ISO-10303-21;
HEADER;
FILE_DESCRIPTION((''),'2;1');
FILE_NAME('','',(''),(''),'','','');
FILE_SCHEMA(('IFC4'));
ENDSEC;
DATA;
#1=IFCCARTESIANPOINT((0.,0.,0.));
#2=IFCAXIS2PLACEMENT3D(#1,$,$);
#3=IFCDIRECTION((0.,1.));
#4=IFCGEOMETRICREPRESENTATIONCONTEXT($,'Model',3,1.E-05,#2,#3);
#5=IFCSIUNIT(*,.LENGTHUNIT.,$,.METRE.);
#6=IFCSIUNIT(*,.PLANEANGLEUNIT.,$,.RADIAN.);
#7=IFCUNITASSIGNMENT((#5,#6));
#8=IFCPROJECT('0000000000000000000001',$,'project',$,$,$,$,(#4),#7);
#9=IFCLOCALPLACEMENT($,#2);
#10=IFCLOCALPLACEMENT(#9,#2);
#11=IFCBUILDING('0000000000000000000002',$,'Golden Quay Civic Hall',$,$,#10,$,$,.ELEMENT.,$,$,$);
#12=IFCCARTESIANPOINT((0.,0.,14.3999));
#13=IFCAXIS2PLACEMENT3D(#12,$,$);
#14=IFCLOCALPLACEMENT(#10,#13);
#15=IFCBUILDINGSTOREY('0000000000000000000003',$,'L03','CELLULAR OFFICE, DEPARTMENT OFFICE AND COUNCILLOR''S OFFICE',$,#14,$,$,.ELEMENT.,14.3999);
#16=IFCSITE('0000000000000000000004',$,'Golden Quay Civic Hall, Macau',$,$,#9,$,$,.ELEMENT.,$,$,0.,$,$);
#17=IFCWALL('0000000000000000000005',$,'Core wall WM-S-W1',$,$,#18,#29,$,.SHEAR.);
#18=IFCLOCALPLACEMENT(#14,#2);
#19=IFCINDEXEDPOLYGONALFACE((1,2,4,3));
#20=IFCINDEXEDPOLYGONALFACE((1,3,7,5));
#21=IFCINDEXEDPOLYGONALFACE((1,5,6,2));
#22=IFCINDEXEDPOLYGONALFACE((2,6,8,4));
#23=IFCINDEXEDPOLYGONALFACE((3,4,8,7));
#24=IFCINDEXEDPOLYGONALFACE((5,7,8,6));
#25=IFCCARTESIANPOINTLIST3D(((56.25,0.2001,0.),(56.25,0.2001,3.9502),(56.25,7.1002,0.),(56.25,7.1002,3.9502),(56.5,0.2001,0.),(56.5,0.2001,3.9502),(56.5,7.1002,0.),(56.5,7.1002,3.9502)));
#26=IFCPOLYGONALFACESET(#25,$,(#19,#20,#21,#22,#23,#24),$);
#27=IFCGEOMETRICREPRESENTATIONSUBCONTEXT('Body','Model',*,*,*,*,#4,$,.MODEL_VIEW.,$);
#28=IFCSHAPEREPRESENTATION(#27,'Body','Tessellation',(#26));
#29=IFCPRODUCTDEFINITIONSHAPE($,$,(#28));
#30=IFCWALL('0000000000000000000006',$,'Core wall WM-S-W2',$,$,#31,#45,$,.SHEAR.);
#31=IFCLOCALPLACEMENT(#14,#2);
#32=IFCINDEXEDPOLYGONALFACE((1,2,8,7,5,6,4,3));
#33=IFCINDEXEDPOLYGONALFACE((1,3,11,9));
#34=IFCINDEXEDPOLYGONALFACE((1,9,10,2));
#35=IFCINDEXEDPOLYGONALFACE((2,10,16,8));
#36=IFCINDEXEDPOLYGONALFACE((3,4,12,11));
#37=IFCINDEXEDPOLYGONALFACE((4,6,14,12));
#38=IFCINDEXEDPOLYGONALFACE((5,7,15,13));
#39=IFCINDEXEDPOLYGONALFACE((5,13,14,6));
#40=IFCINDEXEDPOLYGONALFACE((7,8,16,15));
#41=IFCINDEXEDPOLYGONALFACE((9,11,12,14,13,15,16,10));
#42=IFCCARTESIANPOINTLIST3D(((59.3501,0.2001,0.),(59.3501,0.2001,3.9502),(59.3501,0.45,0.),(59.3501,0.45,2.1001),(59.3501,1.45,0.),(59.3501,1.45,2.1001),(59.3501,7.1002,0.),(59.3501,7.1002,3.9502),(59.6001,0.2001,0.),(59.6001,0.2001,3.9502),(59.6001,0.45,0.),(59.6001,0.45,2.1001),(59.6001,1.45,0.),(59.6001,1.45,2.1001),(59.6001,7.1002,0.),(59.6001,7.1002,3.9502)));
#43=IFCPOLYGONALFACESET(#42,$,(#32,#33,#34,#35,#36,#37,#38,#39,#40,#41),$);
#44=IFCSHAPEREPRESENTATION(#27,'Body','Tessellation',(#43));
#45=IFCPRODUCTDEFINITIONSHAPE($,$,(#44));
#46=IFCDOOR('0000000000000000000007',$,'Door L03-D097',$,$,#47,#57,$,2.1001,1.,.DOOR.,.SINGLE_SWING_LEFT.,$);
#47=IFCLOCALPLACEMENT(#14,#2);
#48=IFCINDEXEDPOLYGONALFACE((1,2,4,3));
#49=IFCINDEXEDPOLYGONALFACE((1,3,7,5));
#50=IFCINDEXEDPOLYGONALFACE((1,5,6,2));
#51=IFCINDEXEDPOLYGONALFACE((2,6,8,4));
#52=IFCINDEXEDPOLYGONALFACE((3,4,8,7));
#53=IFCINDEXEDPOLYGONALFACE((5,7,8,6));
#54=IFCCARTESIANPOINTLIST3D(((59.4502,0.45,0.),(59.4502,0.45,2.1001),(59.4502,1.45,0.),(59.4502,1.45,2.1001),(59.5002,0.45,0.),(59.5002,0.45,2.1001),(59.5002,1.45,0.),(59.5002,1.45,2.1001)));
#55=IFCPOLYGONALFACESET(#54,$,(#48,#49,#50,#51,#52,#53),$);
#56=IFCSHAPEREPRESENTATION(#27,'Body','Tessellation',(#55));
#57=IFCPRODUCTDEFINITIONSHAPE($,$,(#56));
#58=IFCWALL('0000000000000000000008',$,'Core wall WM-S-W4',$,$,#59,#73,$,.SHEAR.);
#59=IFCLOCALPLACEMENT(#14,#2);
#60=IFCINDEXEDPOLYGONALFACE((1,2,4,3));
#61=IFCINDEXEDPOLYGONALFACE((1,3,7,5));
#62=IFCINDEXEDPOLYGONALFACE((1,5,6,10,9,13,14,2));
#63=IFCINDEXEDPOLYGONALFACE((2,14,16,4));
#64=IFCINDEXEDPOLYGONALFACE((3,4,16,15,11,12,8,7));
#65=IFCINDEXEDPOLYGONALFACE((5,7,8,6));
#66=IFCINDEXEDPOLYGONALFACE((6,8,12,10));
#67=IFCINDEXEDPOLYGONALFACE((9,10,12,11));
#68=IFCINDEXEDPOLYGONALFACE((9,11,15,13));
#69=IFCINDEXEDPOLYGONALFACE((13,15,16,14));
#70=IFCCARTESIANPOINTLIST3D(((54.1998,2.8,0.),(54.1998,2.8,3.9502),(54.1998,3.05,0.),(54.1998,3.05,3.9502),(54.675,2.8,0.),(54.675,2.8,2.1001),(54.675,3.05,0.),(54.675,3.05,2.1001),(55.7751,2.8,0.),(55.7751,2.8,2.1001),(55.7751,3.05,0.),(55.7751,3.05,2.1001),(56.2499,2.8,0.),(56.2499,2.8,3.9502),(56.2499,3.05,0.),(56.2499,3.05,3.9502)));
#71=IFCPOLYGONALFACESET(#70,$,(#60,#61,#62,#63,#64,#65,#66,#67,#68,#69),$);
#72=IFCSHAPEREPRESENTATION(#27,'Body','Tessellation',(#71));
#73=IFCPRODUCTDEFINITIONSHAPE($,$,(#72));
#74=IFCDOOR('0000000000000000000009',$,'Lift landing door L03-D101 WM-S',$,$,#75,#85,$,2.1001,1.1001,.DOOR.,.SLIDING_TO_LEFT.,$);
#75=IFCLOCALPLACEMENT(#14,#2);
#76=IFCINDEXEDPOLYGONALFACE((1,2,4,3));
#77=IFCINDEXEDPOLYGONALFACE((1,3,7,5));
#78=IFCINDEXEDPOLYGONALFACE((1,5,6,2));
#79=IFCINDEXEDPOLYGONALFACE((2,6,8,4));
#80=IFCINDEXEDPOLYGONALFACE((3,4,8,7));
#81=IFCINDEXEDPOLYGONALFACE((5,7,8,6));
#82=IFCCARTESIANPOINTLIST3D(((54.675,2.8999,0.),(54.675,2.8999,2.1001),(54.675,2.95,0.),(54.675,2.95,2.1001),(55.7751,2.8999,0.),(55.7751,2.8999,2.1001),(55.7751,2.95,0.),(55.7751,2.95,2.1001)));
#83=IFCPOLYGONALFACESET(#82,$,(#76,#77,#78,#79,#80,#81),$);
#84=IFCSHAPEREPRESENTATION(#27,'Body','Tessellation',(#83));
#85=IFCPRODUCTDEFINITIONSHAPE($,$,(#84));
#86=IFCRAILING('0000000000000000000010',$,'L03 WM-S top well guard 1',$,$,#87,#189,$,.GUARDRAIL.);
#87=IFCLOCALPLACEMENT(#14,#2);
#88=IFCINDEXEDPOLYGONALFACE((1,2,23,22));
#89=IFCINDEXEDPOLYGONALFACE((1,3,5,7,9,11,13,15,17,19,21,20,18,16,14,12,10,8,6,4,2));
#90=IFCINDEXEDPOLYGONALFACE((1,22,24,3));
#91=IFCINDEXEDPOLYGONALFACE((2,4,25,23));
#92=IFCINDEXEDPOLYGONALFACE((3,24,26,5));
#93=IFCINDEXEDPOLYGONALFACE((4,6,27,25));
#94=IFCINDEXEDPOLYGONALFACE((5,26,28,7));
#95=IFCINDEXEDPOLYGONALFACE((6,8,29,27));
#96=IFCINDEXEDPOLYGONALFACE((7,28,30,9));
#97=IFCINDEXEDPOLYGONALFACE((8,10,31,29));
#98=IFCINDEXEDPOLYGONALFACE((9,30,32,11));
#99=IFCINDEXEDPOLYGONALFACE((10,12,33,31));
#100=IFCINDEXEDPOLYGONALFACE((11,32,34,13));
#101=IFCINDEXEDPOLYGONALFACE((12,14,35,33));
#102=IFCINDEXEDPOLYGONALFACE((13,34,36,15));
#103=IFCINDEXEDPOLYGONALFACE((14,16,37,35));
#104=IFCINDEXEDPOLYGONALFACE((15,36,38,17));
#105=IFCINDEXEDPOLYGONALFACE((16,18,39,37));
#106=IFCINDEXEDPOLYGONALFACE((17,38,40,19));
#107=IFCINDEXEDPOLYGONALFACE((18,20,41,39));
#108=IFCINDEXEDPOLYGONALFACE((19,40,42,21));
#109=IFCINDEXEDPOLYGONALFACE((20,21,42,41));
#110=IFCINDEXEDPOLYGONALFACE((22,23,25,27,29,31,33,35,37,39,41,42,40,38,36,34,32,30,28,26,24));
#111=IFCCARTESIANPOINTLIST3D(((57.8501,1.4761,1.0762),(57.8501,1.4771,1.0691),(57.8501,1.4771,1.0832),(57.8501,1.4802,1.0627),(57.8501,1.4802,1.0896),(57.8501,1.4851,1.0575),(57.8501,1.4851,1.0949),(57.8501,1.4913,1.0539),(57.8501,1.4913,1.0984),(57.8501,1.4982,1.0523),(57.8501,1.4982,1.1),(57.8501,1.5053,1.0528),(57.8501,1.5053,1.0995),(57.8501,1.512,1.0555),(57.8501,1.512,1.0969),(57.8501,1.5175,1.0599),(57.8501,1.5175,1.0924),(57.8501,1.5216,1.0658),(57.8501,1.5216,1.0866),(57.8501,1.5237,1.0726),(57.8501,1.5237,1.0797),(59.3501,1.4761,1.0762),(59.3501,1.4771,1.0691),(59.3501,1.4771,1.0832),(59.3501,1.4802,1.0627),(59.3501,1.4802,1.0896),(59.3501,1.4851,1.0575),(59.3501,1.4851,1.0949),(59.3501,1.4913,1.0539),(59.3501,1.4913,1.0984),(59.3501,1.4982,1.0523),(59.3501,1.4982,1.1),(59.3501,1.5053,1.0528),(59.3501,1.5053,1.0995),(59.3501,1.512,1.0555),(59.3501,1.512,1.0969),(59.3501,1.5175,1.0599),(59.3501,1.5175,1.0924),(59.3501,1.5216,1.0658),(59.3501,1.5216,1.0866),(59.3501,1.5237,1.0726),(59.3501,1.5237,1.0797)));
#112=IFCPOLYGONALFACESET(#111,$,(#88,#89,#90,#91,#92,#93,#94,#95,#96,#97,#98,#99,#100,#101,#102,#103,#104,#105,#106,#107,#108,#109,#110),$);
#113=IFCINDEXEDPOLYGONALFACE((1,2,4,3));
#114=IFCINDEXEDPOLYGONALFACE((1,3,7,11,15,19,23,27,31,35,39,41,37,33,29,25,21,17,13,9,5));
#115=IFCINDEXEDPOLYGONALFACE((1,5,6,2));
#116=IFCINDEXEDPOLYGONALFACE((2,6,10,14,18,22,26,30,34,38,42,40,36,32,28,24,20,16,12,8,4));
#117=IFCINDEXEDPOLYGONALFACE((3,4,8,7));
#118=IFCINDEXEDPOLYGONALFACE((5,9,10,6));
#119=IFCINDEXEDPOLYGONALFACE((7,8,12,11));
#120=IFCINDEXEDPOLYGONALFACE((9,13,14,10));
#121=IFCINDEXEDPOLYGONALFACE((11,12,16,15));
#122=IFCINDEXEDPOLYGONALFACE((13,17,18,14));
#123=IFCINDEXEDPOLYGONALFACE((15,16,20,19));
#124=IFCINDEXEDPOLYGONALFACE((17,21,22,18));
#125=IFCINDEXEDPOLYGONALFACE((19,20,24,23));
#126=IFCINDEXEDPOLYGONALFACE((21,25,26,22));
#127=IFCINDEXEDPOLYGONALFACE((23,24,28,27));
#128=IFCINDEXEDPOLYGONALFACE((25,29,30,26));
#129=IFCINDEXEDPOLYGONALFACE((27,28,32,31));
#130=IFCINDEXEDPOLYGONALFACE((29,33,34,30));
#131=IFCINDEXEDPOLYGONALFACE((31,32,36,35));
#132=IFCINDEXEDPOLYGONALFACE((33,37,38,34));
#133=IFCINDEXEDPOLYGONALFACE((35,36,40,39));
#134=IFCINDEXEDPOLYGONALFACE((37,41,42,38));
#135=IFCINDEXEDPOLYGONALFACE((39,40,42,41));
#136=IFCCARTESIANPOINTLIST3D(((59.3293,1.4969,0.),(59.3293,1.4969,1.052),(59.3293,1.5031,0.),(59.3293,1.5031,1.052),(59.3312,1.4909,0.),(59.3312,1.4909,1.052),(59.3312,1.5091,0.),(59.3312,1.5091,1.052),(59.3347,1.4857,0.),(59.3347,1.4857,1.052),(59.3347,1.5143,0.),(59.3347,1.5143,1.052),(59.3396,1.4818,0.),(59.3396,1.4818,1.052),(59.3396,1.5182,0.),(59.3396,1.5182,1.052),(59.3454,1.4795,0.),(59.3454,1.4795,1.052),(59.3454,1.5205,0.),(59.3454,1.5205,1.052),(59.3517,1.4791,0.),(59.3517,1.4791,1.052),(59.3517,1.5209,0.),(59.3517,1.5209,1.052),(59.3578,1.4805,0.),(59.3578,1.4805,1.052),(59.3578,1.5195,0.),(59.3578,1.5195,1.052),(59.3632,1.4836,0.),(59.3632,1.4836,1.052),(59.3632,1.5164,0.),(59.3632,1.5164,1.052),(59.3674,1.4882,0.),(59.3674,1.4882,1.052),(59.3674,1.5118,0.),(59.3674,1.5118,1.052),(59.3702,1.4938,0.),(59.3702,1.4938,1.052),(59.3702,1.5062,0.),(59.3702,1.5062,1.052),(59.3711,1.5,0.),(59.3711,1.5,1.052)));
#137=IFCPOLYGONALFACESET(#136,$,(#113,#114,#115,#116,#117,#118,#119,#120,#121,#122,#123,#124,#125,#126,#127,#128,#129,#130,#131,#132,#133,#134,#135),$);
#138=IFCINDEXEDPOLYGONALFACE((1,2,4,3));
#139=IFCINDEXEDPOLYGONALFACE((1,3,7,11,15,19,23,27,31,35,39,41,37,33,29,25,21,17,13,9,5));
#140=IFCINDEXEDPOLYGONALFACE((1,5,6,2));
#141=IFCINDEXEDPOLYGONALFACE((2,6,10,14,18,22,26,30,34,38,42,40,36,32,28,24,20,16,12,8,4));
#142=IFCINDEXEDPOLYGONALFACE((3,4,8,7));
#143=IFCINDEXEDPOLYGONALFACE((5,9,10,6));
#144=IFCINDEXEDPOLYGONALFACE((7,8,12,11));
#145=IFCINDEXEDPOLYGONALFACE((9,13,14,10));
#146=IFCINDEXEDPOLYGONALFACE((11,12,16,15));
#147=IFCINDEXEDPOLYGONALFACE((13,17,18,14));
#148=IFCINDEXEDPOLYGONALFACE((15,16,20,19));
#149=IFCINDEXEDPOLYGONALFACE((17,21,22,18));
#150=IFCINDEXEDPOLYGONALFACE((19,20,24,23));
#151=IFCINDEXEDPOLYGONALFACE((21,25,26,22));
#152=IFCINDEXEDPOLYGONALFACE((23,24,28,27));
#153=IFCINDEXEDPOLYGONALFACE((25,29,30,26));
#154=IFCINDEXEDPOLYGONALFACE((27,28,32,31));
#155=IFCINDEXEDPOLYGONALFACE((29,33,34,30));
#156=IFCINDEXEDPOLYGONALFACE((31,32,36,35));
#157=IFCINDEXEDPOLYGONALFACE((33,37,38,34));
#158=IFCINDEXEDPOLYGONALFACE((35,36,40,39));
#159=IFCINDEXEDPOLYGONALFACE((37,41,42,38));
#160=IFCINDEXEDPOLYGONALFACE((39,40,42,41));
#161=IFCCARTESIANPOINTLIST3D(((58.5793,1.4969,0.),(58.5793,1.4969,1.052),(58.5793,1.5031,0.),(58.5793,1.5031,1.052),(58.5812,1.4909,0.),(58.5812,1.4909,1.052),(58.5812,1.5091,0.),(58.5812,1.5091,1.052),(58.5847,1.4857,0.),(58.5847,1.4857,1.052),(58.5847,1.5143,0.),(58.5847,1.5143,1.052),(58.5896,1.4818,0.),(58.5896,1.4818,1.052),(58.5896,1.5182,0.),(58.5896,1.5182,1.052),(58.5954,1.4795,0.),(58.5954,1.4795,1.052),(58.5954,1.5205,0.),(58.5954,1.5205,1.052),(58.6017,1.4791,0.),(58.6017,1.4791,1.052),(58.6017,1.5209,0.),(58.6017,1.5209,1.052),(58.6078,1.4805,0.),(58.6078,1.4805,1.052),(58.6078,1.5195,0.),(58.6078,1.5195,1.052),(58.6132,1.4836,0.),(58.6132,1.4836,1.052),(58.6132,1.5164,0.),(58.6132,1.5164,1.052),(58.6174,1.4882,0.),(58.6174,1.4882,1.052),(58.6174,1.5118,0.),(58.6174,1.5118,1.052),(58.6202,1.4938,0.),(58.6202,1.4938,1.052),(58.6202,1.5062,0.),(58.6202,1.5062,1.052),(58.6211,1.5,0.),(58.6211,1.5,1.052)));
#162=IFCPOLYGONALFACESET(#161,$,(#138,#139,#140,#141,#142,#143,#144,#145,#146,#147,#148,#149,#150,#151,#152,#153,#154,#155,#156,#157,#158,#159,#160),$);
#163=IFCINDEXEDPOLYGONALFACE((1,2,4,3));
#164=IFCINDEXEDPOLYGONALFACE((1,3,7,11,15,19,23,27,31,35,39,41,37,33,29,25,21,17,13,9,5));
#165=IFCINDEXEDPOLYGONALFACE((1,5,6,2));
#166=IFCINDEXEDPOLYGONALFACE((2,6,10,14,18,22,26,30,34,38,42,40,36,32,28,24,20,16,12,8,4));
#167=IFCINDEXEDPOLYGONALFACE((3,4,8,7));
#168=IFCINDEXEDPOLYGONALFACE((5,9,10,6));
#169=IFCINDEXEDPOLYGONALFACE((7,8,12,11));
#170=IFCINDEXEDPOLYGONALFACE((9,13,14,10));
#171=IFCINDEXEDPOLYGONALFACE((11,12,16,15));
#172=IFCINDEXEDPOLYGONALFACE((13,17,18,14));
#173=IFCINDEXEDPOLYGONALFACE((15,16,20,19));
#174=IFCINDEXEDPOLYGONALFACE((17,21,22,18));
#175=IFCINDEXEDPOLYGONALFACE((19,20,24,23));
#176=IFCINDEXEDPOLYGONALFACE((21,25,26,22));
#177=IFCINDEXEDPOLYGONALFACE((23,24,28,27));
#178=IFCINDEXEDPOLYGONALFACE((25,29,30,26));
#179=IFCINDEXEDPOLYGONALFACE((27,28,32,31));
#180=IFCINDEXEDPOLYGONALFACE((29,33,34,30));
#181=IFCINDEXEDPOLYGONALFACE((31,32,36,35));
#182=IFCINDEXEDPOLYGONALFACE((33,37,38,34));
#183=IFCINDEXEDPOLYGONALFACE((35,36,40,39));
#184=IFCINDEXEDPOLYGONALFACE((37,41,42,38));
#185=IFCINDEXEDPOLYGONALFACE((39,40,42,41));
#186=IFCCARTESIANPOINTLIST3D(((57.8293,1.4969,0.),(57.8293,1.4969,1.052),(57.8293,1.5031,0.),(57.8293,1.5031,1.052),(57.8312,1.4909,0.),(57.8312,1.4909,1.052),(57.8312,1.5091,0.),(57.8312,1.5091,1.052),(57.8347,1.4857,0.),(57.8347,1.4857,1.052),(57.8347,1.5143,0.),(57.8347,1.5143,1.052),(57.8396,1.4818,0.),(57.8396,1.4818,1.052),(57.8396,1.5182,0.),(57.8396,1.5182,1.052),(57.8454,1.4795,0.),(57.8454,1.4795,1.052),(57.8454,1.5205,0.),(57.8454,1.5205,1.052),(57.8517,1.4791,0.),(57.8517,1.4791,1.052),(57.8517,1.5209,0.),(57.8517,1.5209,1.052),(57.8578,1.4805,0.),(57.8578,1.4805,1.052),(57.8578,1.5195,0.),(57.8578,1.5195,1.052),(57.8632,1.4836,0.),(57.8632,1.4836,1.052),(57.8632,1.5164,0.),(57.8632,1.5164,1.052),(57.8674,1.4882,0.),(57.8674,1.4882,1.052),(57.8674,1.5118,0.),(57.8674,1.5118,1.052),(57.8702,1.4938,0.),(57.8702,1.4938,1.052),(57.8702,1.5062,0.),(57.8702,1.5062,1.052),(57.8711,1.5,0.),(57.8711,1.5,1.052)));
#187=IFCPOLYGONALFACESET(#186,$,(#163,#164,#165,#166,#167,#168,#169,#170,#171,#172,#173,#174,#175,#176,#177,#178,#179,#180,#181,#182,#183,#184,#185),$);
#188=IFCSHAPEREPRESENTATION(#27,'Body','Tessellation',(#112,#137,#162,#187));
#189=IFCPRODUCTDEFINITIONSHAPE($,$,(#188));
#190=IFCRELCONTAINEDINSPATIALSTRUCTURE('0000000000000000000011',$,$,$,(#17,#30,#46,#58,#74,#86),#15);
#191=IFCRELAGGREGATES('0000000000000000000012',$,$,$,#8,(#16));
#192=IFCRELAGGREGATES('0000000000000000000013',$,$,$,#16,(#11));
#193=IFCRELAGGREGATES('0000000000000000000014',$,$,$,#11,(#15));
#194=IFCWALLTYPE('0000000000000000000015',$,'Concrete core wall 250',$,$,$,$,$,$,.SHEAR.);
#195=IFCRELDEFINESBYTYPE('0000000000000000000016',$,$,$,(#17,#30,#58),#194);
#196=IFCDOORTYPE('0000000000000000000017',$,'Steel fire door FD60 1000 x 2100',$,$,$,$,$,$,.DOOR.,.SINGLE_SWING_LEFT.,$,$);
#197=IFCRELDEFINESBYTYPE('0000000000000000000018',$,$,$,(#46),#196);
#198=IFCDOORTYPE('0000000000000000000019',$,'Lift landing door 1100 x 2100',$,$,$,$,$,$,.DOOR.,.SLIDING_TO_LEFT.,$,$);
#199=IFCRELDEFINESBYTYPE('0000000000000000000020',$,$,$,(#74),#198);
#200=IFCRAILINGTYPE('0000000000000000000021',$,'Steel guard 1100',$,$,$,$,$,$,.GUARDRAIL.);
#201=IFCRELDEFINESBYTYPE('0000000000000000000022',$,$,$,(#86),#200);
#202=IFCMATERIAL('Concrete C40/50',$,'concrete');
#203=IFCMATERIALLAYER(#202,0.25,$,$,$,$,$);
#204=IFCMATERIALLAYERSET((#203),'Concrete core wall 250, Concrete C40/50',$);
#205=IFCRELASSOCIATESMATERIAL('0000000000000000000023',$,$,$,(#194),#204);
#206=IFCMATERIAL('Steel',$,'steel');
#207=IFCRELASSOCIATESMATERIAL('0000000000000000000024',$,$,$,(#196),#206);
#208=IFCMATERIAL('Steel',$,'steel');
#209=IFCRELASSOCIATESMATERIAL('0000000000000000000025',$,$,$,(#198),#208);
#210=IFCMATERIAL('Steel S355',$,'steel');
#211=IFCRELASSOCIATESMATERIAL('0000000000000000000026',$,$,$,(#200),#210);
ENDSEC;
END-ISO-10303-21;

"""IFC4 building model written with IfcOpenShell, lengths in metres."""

from ifc_helpers import new_model, si_unit, direction, frame, frame_2d, origin, origin_2d, place, context, subcontext, project, spatial, rectangle, circle, extrude, material, layer, layer_set, type_object, element, fill, save


model = new_model("IFC4")

# Units and contexts
model_context = context("Model", 3, precision=1e-05, world=origin(), true_north=direction((0.0, 1.0)))
body_context = subcontext(model_context, "Body", "Model", "MODEL_VIEW")
ifc_project = project(units=[si_unit("LENGTHUNIT", "METRE"), si_unit("PLANEANGLEUNIT", "RADIAN")], contexts=[model_context])

# Site, building, storey
site_placement = place(None, origin())
site = spatial("IfcSite", under=ifc_project, at=site_placement, Name="Golden Quay Civic Hall, Macau", CompositionType="ELEMENT", RefElevation=0.0)
building_placement = place(site_placement, origin())
building = spatial("IfcBuilding", under=site, at=building_placement, Name="Golden Quay Civic Hall", CompositionType="ELEMENT")
storey_placement = place(building_placement, frame((0.0, 0.0, 14.3999)))
storey = spatial("IfcBuildingStorey", under=building, at=storey_placement, Name="L03", Description="CELLULAR OFFICE, DEPARTMENT OFFICE AND COUNCILLOR'S OFFICE", CompositionType="ELEMENT", Elevation=14.3999)

# Wall
ifc_material_1 = material(Name="Concrete C40/50", Category="concrete")
ifc_layer = layer(ifc_material_1, 0.25)
ifc_layer_set = layer_set([ifc_layer], Name="Concrete core wall 250, Concrete C40/50")
wall_type = type_object("IfcWallType", Name="Concrete core wall 250", PredefinedType="SHEAR", material=ifc_layer_set)
wall_1_placement = place(storey_placement, frame((56.375, 0.2, 0.0), z_axis=(0.0, 0.0, 1.0), x_axis=(0.0, 1.0, 0.0)))
element("IfcWall", 1, at=wall_1_placement, inside=storey, type_object=wall_type, Name="Core wall WM-S-W1", PredefinedType="SHEAR", context=body_context, shape_type="SweptSolid", body=[
    extrude(rectangle(XDim=6.9001, YDim=0.25, at=frame_2d((3.4502, 0.0))), origin(), (0.0, 0.0, 1.0), 3.9502),
])

# Walls, openings, doors
wall_2_placement = place(storey_placement, frame((59.4751, 0.2, 0.0), z_axis=(0.0, 0.0, 1.0), x_axis=(0.0, 1.0, 0.0)))
wall_2 = element("IfcWall", 2, at=wall_2_placement, inside=storey, type_object=wall_type, Name="Core wall WM-S-W2", PredefinedType="SHEAR", context=body_context, shape_type="SweptSolid", body=[
    extrude(rectangle(XDim=6.9001, YDim=0.25, at=frame_2d((3.4502, 0.0))), origin(), (0.0, 0.0, 1.0), 3.9502),
])
opening_1_placement = place(wall_2_placement, frame((0.25, 0.0, 0.0)))
opening_1 = element("IfcOpeningElement", 3, at=opening_1_placement, cuts=wall_2, PredefinedType="OPENING", context=body_context, shape_type="SweptSolid", body=[
    extrude(rectangle(XDim=1.0, YDim=2.1001, at=frame_2d((0.5, 1.05))), frame((0.0, 0.135, 0.0), z_axis=(0.0, -1.0, 0.0), x_axis=(1.0, 0.0, 0.0)), (0.0, 0.0, 1.0), 0.27),
])
ifc_material_2 = material(Name="Steel", Category="steel")
door_type_1 = type_object("IfcDoorType", Name="Steel fire door FD60 1000 x 2100", OperationType="SINGLE_SWING_LEFT", PredefinedType="DOOR", material=ifc_material_2)
door_1_placement = place(opening_1_placement, origin())
door_1 = element("IfcDoor", 4, at=door_1_placement, inside=storey, type_object=door_type_1, Name="Door L03-D097", OperationType="SINGLE_SWING_LEFT", OverallHeight=2.1001, OverallWidth=1.0, PredefinedType="DOOR", context=body_context, shape_type="SweptSolid", body=[
    extrude(rectangle(XDim=1.0, YDim=2.1001, at=frame_2d((0.5, 1.05))), frame((0.0, 0.0249, 0.0), z_axis=(0.0, -1.0, 0.0), x_axis=(1.0, 0.0, 0.0)), (0.0, 0.0, 1.0), 0.05),
])
fill(opening_1, door_1)
wall_3_placement = place(storey_placement, frame((54.2, 2.925, 0.0), z_axis=(0.0, 0.0, 1.0), x_axis=(1.0, 0.0, 0.0)))
wall_3 = element("IfcWall", 5, at=wall_3_placement, inside=storey, type_object=wall_type, Name="Core wall WM-S-W4", PredefinedType="SHEAR", context=body_context, shape_type="SweptSolid", body=[
    extrude(rectangle(XDim=2.05, YDim=0.25, at=frame_2d((1.0249, 0.0))), origin(), (0.0, 0.0, 1.0), 3.9502),
])
opening_2_placement = place(wall_3_placement, frame((0.4751, 0.0, 0.0)))
opening_2 = element("IfcOpeningElement", 6, at=opening_2_placement, cuts=wall_3, PredefinedType="OPENING", context=body_context, shape_type="SweptSolid", body=[
    extrude(rectangle(XDim=1.1001, YDim=2.1001, at=frame_2d((0.55, 1.05))), frame((0.0, 0.135, 0.0), z_axis=(0.0, -1.0, 0.0), x_axis=(1.0, 0.0, 0.0)), (0.0, 0.0, 1.0), 0.27),
])
ifc_material_3 = material(Name="Steel", Category="steel")
door_type_2 = type_object("IfcDoorType", Name="Lift landing door 1100 x 2100", OperationType="SLIDING_TO_LEFT", PredefinedType="DOOR", material=ifc_material_3)
door_2_placement = place(opening_2_placement, origin())
door_2 = element("IfcDoor", 7, at=door_2_placement, inside=storey, type_object=door_type_2, Name="Lift landing door L03-D101 WM-S", OperationType="SLIDING_TO_LEFT", OverallHeight=2.1001, OverallWidth=1.1001, PredefinedType="DOOR", context=body_context, shape_type="SweptSolid", body=[
    extrude(rectangle(XDim=1.1001, YDim=2.1001, at=frame_2d((0.55, 1.05))), frame((0.0, 0.0249, 0.0), z_axis=(0.0, -1.0, 0.0), x_axis=(1.0, 0.0, 0.0)), (0.0, 0.0, 1.0), 0.05),
])
fill(opening_2, door_2)

# Railing
ifc_material_4 = material(Name="Steel S355", Category="steel")
railing_type = type_object("IfcRailingType", Name="Steel guard 1100", PredefinedType="GUARDRAIL", material=ifc_material_4)
railing_placement = place(storey_placement, frame((59.3501, 1.5, 0.0)))
element("IfcRailing", 8, at=railing_placement, inside=storey, type_object=railing_type, Name="L03 WM-S top well guard 1", PredefinedType="GUARDRAIL", context=body_context, shape_type="SweptSolid", body=[
    extrude(circle(Radius=0.0239, at=origin_2d()), frame((0.0, 0.0, 1.0762), z_axis=(-1.0, 0.0, 0.0), x_axis=(0.0, -1.0, 0.0)), (0.0, 0.0, 1.0), 1.5),
    extrude(circle(Radius=0.021, at=origin_2d()), origin(), (0.0, 0.0, 1.0), 1.052),
    extrude(circle(Radius=0.021, at=origin_2d()), frame((-0.75, 0.0, 0.0)), (0.0, 0.0, 1.0), 1.052),
    extrude(circle(Radius=0.021, at=origin_2d()), frame((-1.5, 0.0, 0.0)), (0.0, 0.0, 1.0), 1.052),
])

save(model, "model.ifc")
